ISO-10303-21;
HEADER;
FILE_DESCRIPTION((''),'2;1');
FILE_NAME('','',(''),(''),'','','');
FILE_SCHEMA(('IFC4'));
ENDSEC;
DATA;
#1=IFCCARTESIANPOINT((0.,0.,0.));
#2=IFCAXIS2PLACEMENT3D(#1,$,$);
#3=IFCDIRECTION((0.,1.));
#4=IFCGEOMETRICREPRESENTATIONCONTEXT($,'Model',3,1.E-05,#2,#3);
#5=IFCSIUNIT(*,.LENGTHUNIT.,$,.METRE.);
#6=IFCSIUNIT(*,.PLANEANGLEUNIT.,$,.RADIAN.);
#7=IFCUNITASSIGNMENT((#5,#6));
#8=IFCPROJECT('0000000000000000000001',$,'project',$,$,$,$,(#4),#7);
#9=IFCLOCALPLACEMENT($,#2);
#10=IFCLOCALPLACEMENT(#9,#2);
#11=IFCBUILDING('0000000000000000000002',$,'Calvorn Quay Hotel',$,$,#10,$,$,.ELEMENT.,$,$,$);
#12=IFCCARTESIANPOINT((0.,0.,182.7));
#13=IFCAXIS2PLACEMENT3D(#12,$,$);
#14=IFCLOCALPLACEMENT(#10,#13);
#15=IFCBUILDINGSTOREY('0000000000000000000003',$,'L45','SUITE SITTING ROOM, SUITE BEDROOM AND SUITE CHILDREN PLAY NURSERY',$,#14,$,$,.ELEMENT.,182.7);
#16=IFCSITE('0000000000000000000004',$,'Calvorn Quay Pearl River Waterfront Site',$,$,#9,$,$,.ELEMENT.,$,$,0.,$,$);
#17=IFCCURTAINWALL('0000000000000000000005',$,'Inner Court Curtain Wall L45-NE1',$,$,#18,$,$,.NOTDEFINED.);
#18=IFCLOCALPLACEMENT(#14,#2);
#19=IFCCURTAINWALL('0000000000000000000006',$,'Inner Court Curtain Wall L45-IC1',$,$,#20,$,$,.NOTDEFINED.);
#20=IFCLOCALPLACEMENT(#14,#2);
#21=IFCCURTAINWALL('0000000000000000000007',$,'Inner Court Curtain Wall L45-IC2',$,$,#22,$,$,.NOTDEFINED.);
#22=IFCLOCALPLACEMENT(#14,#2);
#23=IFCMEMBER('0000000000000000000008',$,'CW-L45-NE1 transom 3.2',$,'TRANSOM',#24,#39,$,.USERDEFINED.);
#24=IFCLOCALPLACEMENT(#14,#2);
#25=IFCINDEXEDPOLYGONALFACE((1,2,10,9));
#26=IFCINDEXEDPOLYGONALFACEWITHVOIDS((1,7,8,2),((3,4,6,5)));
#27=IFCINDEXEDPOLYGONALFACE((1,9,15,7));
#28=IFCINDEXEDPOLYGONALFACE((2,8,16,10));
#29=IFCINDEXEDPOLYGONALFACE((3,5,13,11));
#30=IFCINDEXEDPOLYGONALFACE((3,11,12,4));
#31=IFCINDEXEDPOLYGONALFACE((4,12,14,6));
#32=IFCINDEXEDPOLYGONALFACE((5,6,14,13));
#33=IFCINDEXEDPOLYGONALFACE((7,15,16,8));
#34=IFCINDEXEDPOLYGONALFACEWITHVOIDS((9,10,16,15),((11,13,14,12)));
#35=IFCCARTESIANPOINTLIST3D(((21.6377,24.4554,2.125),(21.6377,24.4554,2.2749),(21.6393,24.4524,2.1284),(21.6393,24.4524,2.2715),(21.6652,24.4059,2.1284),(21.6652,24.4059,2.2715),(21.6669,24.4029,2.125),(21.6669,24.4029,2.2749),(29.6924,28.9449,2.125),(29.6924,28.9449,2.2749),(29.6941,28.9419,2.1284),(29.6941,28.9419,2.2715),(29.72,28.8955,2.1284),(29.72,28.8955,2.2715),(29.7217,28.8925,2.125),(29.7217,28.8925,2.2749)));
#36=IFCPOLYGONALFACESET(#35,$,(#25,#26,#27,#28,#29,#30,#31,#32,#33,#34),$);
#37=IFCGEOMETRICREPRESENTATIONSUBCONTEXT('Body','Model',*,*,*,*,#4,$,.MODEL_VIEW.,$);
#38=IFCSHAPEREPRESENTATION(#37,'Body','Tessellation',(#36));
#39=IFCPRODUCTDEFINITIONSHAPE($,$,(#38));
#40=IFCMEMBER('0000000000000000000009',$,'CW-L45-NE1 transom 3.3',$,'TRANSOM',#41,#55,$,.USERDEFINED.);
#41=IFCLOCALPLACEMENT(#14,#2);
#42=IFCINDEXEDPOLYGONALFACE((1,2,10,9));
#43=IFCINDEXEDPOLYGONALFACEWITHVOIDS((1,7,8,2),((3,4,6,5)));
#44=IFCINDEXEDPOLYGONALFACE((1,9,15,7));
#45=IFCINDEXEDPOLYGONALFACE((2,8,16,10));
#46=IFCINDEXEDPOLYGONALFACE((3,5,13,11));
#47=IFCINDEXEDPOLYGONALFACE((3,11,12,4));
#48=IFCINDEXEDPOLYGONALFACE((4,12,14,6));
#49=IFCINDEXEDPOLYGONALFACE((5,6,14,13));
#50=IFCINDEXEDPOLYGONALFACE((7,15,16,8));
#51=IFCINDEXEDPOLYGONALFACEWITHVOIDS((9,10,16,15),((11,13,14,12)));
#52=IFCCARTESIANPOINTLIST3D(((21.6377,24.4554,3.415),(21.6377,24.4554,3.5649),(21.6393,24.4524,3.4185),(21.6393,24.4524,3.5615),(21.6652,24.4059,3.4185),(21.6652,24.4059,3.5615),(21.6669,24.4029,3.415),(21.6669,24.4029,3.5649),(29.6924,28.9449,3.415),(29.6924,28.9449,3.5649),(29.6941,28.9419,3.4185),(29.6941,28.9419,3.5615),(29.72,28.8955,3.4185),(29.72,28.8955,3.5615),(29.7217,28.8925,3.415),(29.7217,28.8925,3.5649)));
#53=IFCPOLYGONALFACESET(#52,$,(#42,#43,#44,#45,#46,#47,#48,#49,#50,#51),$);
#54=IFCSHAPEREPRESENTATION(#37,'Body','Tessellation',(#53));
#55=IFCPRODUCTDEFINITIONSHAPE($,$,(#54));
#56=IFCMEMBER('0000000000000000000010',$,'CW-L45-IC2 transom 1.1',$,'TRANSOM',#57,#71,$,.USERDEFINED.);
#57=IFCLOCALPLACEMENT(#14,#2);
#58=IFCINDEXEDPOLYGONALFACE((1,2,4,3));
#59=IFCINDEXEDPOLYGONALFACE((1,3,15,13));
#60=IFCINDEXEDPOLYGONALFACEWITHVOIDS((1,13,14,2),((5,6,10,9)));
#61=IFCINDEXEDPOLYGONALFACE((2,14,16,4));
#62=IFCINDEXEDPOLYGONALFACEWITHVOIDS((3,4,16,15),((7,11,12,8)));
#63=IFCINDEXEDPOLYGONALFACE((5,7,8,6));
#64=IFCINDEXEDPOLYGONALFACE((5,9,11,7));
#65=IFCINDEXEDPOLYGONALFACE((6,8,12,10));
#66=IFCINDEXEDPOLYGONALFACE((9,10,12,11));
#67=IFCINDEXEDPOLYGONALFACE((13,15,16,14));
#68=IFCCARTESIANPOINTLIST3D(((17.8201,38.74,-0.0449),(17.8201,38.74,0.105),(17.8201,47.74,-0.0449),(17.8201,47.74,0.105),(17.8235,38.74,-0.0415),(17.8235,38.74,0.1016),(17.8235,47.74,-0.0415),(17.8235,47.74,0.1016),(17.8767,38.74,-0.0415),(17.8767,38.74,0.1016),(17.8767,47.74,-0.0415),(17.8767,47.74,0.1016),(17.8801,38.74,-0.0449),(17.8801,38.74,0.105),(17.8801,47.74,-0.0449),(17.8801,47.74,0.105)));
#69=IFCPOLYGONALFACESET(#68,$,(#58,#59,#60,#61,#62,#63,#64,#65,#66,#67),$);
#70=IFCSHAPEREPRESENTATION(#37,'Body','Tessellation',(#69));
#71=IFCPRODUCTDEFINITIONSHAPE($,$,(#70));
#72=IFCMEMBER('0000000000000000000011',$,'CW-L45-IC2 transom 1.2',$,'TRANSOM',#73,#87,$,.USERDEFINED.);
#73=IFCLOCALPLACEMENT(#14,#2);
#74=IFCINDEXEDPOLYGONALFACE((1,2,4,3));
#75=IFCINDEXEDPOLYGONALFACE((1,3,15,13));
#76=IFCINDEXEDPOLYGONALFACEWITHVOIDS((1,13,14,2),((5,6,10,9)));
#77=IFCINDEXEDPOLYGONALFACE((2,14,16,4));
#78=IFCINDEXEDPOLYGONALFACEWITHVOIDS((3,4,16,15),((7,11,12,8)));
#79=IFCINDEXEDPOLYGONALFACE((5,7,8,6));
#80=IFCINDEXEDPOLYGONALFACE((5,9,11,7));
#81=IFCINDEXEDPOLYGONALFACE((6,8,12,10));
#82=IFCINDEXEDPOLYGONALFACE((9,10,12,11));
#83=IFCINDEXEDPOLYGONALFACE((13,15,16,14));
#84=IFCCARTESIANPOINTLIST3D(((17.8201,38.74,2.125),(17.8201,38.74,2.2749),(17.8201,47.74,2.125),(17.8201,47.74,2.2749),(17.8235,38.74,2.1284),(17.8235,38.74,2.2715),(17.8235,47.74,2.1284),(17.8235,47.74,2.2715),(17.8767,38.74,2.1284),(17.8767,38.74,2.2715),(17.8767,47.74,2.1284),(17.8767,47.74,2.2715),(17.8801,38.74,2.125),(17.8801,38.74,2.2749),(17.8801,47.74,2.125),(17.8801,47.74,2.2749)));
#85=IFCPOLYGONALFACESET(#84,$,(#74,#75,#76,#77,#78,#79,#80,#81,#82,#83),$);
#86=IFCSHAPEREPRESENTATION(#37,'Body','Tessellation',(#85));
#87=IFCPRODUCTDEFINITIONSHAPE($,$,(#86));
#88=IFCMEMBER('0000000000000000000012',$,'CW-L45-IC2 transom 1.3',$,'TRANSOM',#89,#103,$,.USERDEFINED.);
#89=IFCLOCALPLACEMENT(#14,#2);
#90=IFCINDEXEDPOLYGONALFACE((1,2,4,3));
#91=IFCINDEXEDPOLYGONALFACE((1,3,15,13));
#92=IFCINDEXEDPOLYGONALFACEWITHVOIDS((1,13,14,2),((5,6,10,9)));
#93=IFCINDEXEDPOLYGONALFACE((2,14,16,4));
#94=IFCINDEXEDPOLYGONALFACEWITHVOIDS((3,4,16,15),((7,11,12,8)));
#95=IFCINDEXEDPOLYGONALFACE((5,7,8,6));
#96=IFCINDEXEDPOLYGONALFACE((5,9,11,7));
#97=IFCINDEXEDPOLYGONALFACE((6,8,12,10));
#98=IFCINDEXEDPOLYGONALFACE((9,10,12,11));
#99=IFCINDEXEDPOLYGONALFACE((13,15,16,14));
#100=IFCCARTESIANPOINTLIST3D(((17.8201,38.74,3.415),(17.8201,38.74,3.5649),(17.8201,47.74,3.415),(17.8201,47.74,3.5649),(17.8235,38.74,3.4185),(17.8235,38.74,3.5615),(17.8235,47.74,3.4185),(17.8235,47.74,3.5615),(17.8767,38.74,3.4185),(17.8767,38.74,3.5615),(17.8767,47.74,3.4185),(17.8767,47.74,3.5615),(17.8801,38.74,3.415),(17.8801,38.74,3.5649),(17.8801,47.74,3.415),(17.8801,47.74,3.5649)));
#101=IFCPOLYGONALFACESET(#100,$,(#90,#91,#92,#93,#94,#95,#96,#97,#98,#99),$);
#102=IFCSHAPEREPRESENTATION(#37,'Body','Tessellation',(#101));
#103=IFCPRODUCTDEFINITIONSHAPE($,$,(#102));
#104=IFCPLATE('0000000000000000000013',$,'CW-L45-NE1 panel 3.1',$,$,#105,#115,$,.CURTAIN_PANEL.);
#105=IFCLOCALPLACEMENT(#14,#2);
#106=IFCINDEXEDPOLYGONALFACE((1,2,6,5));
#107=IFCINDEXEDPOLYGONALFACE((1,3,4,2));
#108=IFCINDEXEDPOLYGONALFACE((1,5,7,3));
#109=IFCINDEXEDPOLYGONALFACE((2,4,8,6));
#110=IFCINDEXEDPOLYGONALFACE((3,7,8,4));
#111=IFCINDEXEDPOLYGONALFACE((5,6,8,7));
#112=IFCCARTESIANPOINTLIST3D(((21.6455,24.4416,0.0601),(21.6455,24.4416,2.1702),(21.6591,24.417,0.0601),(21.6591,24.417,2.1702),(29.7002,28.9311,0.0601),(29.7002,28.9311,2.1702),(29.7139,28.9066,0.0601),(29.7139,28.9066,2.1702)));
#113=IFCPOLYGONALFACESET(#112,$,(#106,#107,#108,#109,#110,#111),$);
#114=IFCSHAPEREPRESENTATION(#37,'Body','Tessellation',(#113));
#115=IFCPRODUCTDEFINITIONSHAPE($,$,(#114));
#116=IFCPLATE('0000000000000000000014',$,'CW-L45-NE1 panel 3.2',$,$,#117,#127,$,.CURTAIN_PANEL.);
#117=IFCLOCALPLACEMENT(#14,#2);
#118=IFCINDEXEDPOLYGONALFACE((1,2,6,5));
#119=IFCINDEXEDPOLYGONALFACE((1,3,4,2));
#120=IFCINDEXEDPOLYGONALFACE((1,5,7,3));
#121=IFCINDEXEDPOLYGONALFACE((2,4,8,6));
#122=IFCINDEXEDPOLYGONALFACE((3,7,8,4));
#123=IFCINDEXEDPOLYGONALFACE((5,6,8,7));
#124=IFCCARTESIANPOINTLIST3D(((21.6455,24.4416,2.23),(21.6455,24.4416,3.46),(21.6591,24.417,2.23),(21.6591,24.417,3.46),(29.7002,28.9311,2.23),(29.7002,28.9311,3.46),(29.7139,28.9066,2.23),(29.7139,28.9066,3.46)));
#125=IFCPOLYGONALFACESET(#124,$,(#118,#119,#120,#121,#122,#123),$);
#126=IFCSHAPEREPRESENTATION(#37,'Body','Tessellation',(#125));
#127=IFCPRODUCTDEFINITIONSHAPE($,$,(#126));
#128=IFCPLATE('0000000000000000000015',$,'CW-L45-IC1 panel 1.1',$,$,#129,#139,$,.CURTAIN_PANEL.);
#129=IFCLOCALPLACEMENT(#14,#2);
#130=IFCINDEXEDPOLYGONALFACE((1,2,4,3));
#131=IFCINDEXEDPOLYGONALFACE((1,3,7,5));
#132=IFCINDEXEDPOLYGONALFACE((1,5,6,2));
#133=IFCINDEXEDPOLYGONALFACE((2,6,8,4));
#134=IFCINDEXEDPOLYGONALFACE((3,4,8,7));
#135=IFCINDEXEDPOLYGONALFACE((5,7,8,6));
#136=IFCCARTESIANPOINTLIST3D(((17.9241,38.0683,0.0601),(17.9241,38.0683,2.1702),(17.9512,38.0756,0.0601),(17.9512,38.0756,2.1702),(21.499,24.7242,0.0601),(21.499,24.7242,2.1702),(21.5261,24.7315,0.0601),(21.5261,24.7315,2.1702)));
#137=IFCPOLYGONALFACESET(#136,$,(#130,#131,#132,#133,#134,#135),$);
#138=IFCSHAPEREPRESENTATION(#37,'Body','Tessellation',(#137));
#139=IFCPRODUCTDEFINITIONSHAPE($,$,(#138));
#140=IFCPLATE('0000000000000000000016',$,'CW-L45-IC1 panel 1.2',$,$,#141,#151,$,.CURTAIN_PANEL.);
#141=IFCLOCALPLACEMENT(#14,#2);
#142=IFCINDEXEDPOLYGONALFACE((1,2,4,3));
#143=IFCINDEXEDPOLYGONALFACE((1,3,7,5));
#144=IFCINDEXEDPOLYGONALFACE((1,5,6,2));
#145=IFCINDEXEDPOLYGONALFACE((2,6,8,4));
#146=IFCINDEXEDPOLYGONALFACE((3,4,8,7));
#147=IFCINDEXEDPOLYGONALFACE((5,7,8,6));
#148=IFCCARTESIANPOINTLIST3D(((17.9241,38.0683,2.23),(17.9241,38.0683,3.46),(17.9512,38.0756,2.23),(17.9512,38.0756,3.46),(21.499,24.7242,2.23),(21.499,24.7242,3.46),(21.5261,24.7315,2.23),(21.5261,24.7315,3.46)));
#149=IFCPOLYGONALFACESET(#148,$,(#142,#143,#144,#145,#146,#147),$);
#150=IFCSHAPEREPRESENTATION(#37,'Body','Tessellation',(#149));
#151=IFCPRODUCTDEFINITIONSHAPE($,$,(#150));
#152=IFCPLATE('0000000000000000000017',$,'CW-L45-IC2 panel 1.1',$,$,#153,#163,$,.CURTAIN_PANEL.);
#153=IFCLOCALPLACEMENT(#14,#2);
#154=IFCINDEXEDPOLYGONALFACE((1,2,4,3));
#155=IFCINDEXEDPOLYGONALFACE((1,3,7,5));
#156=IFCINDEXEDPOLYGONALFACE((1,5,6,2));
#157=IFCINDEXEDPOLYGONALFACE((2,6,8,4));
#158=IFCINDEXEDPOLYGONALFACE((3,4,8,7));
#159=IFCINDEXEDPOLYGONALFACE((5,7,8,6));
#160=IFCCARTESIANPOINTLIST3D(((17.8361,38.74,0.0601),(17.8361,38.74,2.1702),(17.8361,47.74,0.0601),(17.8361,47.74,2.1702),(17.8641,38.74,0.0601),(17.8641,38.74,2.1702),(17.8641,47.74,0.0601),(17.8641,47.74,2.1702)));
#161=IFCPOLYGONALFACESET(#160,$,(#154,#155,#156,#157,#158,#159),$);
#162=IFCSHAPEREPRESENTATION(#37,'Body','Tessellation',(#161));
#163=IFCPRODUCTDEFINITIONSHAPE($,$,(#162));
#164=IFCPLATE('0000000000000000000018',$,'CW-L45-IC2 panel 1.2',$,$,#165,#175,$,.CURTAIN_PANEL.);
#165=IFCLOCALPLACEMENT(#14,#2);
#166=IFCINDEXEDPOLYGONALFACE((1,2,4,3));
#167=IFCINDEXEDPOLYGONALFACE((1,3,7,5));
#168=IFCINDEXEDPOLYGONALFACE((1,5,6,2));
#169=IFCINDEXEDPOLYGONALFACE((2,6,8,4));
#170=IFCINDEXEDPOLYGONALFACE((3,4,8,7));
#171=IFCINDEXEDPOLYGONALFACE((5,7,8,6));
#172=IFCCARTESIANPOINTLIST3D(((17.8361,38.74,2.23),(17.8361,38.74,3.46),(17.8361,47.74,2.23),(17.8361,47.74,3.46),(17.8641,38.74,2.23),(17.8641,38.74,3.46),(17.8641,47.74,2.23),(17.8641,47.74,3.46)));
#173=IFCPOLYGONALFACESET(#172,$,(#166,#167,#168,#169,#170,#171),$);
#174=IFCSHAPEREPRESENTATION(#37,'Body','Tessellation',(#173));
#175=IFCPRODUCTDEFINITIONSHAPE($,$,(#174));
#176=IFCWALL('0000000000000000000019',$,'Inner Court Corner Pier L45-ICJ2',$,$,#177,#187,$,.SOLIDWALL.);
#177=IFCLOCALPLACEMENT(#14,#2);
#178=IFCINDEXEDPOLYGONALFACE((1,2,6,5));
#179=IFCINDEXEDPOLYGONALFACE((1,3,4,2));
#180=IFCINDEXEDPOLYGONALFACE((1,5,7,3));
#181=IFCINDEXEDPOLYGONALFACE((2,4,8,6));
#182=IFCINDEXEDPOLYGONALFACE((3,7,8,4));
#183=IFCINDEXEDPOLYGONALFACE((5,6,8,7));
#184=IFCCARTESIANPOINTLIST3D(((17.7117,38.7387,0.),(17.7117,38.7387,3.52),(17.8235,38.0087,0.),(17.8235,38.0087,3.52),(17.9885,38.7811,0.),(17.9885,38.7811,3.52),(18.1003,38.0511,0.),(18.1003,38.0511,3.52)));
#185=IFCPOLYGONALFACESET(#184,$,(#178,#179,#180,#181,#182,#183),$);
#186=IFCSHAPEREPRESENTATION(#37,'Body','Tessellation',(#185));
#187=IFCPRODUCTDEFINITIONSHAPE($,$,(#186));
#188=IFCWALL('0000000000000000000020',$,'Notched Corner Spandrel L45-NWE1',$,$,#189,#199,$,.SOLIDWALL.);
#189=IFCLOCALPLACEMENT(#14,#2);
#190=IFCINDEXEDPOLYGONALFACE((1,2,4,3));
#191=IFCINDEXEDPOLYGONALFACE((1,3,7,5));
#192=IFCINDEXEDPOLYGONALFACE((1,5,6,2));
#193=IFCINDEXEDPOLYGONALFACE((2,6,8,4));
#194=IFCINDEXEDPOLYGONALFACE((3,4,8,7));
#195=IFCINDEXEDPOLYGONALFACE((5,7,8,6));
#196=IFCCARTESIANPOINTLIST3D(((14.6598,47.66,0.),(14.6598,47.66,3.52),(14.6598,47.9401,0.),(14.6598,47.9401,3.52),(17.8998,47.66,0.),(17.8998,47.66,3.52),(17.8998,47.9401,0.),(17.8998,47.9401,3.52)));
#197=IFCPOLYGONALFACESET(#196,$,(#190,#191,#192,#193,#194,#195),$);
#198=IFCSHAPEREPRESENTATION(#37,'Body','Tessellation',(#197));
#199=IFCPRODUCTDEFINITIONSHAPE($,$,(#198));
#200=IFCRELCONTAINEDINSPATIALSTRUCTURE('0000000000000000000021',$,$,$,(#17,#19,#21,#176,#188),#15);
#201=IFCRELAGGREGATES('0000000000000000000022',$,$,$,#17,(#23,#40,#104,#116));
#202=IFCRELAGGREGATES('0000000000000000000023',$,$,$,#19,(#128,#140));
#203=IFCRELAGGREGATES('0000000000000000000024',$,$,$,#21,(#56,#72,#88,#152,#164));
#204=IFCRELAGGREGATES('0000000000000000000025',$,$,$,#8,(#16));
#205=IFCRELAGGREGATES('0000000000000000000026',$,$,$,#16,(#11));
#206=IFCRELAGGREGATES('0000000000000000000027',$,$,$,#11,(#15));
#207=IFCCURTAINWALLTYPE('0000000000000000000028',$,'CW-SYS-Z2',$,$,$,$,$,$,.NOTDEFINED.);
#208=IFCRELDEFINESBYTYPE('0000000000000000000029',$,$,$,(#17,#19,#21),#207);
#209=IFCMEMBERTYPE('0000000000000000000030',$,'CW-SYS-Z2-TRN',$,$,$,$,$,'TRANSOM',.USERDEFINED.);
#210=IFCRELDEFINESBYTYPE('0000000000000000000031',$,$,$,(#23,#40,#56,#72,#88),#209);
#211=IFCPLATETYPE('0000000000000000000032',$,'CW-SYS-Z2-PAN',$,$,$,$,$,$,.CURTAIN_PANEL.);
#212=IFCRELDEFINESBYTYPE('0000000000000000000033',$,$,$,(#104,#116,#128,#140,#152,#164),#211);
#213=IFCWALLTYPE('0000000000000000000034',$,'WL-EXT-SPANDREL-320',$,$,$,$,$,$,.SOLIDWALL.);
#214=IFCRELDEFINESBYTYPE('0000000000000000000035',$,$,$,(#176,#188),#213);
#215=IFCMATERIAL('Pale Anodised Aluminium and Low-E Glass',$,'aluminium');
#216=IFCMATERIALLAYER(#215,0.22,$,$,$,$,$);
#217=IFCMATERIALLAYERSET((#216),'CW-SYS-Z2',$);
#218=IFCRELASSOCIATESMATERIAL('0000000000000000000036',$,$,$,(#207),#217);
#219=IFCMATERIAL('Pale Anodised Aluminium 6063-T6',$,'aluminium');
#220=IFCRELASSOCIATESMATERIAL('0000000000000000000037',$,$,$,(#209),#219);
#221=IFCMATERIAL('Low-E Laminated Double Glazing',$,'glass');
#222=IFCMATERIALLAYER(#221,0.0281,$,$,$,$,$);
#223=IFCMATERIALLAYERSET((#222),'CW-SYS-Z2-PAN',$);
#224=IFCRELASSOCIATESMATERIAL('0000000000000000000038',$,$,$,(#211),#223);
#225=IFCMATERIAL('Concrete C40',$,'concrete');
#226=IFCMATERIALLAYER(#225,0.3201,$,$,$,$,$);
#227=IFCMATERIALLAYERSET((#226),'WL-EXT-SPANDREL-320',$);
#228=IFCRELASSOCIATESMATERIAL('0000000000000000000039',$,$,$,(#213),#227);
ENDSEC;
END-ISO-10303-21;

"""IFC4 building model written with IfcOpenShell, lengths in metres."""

from ifc_helpers import new_model, si_unit, direction, frame, frame_2d, origin, origin_2d, place, context, subcontext, project, spatial, rectangle, hollow_rectangle, extrude, material, layer, layer_set, material_profile, profile_set, type_object, element, aggregate, save


model = new_model("IFC4")

# Units and contexts
model_context = context("Model", 3, precision=1e-05, world=origin(), true_north=direction((0.0, 1.0)))
body_context = subcontext(model_context, "Body", "Model", "MODEL_VIEW")
ifc_project = project(units=[si_unit("LENGTHUNIT", "METRE"), si_unit("PLANEANGLEUNIT", "RADIAN")], contexts=[model_context])

# Site, building, storey
site_placement = place(None, origin())
site = spatial("IfcSite", under=ifc_project, at=site_placement, Name="Calvorn Quay Pearl River Waterfront Site", CompositionType="ELEMENT", RefElevation=0.0)
building_placement = place(site_placement, origin())
building = spatial("IfcBuilding", under=site, at=building_placement, Name="Calvorn Quay Hotel", CompositionType="ELEMENT")
storey_placement = place(building_placement, frame((0.0, 0.0, 182.7)))
storey = spatial("IfcBuildingStorey", under=building, at=storey_placement, Name="L45", Description="SUITE SITTING ROOM, SUITE BEDROOM AND SUITE CHILDREN PLAY NURSERY", CompositionType="ELEMENT", Elevation=182.7)

# Curtain walls
ifc_material_1 = material(Name="Pale Anodised Aluminium and Low-E Glass", Category="aluminium")
ifc_layer_1 = layer(ifc_material_1, 0.22)
ifc_layer_set_1 = layer_set([ifc_layer_1], Name="CW-SYS-Z2")
curtain_wall_type = type_object("IfcCurtainWallType", Name="CW-SYS-Z2", PredefinedType="NOTDEFINED", material=ifc_layer_set_1)
curtain_wall_1_placement = place(storey_placement, origin())
curtain_wall_1 = element("IfcCurtainWall", 1, at=curtain_wall_1_placement, inside=storey, type_object=curtain_wall_type, Name="Inner Court Curtain Wall L45-NE1", PredefinedType="NOTDEFINED")
curtain_wall_2_placement = place(storey_placement, origin())
curtain_wall_2 = element("IfcCurtainWall", 2, at=curtain_wall_2_placement, inside=storey, type_object=curtain_wall_type, Name="Inner Court Curtain Wall L45-IC1", PredefinedType="NOTDEFINED")

# Curtain wall
curtain_wall_3_placement = place(storey_placement, origin())
curtain_wall_3 = element("IfcCurtainWall", 3, at=curtain_wall_3_placement, inside=storey, type_object=curtain_wall_type, Name="Inner Court Curtain Wall L45-IC2", PredefinedType="NOTDEFINED")

# Members
ifc_material_2 = material(Name="Pale Anodised Aluminium 6063-T6", Category="aluminium")
ifc_material_profile_1 = material_profile(ifc_material_2, hollow_rectangle(XDim=0.0601, YDim=0.1499, WallThickness=0.0034, at=origin_2d()), Name="ALU-T150x60x3.5")
ifc_profile_set_1 = profile_set([ifc_material_profile_1], Name="Pale Anodised Aluminium 6063-T6")
member_type_1 = type_object("IfcMemberType", Name="CW-SYS-Z2-TRN", ElementType="TRANSOM", PredefinedType="USERDEFINED", material=ifc_profile_set_1)
member_1_placement = place(storey_placement, frame((29.707, 28.9187, 2.2), z_axis=(-0.873481, -0.486859, 0.0), x_axis=(0.486859, -0.873481, 0.0)))
member_1 = element("IfcMember", 4, at=member_1_placement, type_object=member_type_1, Name="CW-L45-NE1 transom 3.2", ObjectType="TRANSOM", PredefinedType="USERDEFINED", context=body_context, shape_type="SweptSolid", body=[
    extrude(hollow_rectangle(XDim=0.0601, YDim=0.1499, WallThickness=0.0034, at=origin_2d()), origin(), (0.0, 0.0, 1.0), 9.2214),
])
member_2_placement = place(storey_placement, frame((29.707, 28.9187, 3.49), z_axis=(-0.873481, -0.486859, 0.0), x_axis=(0.486859, -0.873481, 0.0)))
member_2 = element("IfcMember", 5, at=member_2_placement, type_object=member_type_1, Name="CW-L45-NE1 transom 3.3", ObjectType="TRANSOM", PredefinedType="USERDEFINED", context=body_context, shape_type="SweptSolid", body=[
    extrude(hollow_rectangle(XDim=0.0601, YDim=0.1499, WallThickness=0.0034, at=origin_2d()), origin(), (0.0, 0.0, 1.0), 9.2214),
])
member_3_placement = place(storey_placement, frame((17.8501, 38.74, 0.03), z_axis=(0.0, 1.0, 0.0), x_axis=(-1.0, 0.0, 0.0)))
member_3 = element("IfcMember", 6, at=member_3_placement, type_object=member_type_1, Name="CW-L45-IC2 transom 1.1", ObjectType="TRANSOM", PredefinedType="USERDEFINED", context=body_context, shape_type="SweptSolid", body=[
    extrude(hollow_rectangle(XDim=0.0601, YDim=0.1499, WallThickness=0.0034, at=origin_2d()), origin(), (0.0, 0.0, 1.0), 9.0),
])
member_4_placement = place(storey_placement, frame((17.8501, 38.74, 2.2), z_axis=(0.0, 1.0, 0.0), x_axis=(-1.0, 0.0, 0.0)))
member_4 = element("IfcMember", 7, at=member_4_placement, type_object=member_type_1, Name="CW-L45-IC2 transom 1.2", ObjectType="TRANSOM", PredefinedType="USERDEFINED", context=body_context, shape_type="SweptSolid", body=[
    extrude(hollow_rectangle(XDim=0.0601, YDim=0.1499, WallThickness=0.0034, at=origin_2d()), origin(), (0.0, 0.0, 1.0), 9.0),
])
member_5_placement = place(storey_placement, frame((17.8501, 38.74, 3.49), z_axis=(0.0, 1.0, 0.0), x_axis=(-1.0, 0.0, 0.0)))
member_5 = element("IfcMember", 8, at=member_5_placement, type_object=member_type_1, Name="CW-L45-IC2 transom 1.3", ObjectType="TRANSOM", PredefinedType="USERDEFINED", context=body_context, shape_type="SweptSolid", body=[
    extrude(hollow_rectangle(XDim=0.0601, YDim=0.1499, WallThickness=0.0034, at=origin_2d()), origin(), (0.0, 0.0, 1.0), 9.0),
])

# Plates
ifc_material_3 = material(Name="Low-E Laminated Double Glazing", Category="glass")
ifc_layer_2 = layer(ifc_material_3, 0.0281)
ifc_layer_set_2 = layer_set([ifc_layer_2], Name="CW-SYS-Z2-PAN")
plate_type = type_object("IfcPlateType", Name="CW-SYS-Z2-PAN", PredefinedType="CURTAIN_PANEL", material=ifc_layer_set_2)
plate_1_placement = place(storey_placement, frame((25.6797, 26.6741, 0.0601), z_axis=(0.0, 0.0, 1.0), x_axis=(-0.873481, -0.486858, 0.0)))
plate_1 = element("IfcPlate", 9, at=plate_1_placement, type_object=plate_type, Name="CW-L45-NE1 panel 3.1", PredefinedType="CURTAIN_PANEL", context=body_context, shape_type="SweptSolid", body=[
    extrude(rectangle(XDim=9.2214, YDim=0.0281, at=origin_2d()), origin(), (0.0, 0.0, 1.0), 2.1101),
])
plate_2_placement = place(storey_placement, frame((25.6797, 26.6741, 2.23), z_axis=(0.0, 0.0, 1.0), x_axis=(-0.873481, -0.486858, 0.0)))
plate_2 = element("IfcPlate", 10, at=plate_2_placement, type_object=plate_type, Name="CW-L45-NE1 panel 3.2", PredefinedType="CURTAIN_PANEL", context=body_context, shape_type="SweptSolid", body=[
    extrude(rectangle(XDim=9.2214, YDim=0.0281, at=origin_2d()), origin(), (0.0, 0.0, 1.0), 1.23),
])
aggregate(curtain_wall_1, [member_1, member_2, plate_1, plate_2])
plate_3_placement = place(storey_placement, frame((19.7251, 31.3999, 0.0601), z_axis=(0.0, 0.0, 1.0), x_axis=(-0.258779, 0.965937, 0.0)))
plate_3 = element("IfcPlate", 11, at=plate_3_placement, type_object=plate_type, Name="CW-L45-IC1 panel 1.1", PredefinedType="CURTAIN_PANEL", context=body_context, shape_type="SweptSolid", body=[
    extrude(rectangle(XDim=13.8147, YDim=0.0281, at=origin_2d()), origin(), (0.0, 0.0, 1.0), 2.1101),
])
plate_4_placement = place(storey_placement, frame((19.7251, 31.3999, 2.23), z_axis=(0.0, 0.0, 1.0), x_axis=(-0.258779, 0.965937, 0.0)))
plate_4 = element("IfcPlate", 12, at=plate_4_placement, type_object=plate_type, Name="CW-L45-IC1 panel 1.2", PredefinedType="CURTAIN_PANEL", context=body_context, shape_type="SweptSolid", body=[
    extrude(rectangle(XDim=13.8147, YDim=0.0281, at=origin_2d()), origin(), (0.0, 0.0, 1.0), 1.23),
])
aggregate(curtain_wall_2, [plate_3, plate_4])
plate_5_placement = place(storey_placement, frame((17.8501, 43.24, 0.0601), z_axis=(0.0, 0.0, 1.0), x_axis=(0.0, 1.0, 0.0)))
plate_5 = element("IfcPlate", 13, at=plate_5_placement, type_object=plate_type, Name="CW-L45-IC2 panel 1.1", PredefinedType="CURTAIN_PANEL", context=body_context, shape_type="SweptSolid", body=[
    extrude(rectangle(XDim=9.0, YDim=0.0281, at=origin_2d()), origin(), (0.0, 0.0, 1.0), 2.1101),
])
plate_6_placement = place(storey_placement, frame((17.8501, 43.24, 2.23), z_axis=(0.0, 0.0, 1.0), x_axis=(0.0, 1.0, 0.0)))
plate_6 = element("IfcPlate", 14, at=plate_6_placement, type_object=plate_type, Name="CW-L45-IC2 panel 1.2", PredefinedType="CURTAIN_PANEL", context=body_context, shape_type="SweptSolid", body=[
    extrude(rectangle(XDim=9.0, YDim=0.0281, at=origin_2d()), origin(), (0.0, 0.0, 1.0), 1.23),
])
aggregate(curtain_wall_3, [member_3, member_4, member_5, plate_5, plate_6])

# Walls
ifc_material_4 = material(Name="Concrete C40", Category="concrete")
ifc_layer_3 = layer(ifc_material_4, 0.3201)
ifc_layer_set_3 = layer_set([ifc_layer_3], Name="WL-EXT-SPANDREL-320")
wall_type = type_object("IfcWallType", Name="WL-EXT-SPANDREL-320", PredefinedType="SOLIDWALL", material=ifc_layer_set_3)
wall_1_placement = place(storey_placement, frame((17.9619, 38.03, 0.0), z_axis=(0.0, 0.0, 1.0), x_axis=(-0.151411, 0.988471, 0.0)))
element("IfcWall", 15, at=wall_1_placement, inside=storey, type_object=wall_type, Name="Inner Court Corner Pier L45-ICJ2", PredefinedType="SOLIDWALL", context=body_context, shape_type="SweptSolid", body=[
    extrude(rectangle(XDim=0.7385, YDim=0.28, at=frame_2d((0.3691, 0.0))), origin(), (0.0, 0.0, 1.0), 3.52),
])
wall_2_placement = place(storey_placement, frame((17.8999, 47.8, 0.0), z_axis=(0.0, 0.0, 1.0), x_axis=(-1.0, 0.0, 0.0)))
element("IfcWall", 16, at=wall_2_placement, inside=storey, type_object=wall_type, Name="Notched Corner Spandrel L45-NWE1", PredefinedType="SOLIDWALL", context=body_context, shape_type="SweptSolid", body=[
    extrude(rectangle(XDim=3.24, YDim=0.28, at=frame_2d((1.6201, 0.0))), origin(), (0.0, 0.0, 1.0), 3.52),
])

save(model, "model.ifc")
